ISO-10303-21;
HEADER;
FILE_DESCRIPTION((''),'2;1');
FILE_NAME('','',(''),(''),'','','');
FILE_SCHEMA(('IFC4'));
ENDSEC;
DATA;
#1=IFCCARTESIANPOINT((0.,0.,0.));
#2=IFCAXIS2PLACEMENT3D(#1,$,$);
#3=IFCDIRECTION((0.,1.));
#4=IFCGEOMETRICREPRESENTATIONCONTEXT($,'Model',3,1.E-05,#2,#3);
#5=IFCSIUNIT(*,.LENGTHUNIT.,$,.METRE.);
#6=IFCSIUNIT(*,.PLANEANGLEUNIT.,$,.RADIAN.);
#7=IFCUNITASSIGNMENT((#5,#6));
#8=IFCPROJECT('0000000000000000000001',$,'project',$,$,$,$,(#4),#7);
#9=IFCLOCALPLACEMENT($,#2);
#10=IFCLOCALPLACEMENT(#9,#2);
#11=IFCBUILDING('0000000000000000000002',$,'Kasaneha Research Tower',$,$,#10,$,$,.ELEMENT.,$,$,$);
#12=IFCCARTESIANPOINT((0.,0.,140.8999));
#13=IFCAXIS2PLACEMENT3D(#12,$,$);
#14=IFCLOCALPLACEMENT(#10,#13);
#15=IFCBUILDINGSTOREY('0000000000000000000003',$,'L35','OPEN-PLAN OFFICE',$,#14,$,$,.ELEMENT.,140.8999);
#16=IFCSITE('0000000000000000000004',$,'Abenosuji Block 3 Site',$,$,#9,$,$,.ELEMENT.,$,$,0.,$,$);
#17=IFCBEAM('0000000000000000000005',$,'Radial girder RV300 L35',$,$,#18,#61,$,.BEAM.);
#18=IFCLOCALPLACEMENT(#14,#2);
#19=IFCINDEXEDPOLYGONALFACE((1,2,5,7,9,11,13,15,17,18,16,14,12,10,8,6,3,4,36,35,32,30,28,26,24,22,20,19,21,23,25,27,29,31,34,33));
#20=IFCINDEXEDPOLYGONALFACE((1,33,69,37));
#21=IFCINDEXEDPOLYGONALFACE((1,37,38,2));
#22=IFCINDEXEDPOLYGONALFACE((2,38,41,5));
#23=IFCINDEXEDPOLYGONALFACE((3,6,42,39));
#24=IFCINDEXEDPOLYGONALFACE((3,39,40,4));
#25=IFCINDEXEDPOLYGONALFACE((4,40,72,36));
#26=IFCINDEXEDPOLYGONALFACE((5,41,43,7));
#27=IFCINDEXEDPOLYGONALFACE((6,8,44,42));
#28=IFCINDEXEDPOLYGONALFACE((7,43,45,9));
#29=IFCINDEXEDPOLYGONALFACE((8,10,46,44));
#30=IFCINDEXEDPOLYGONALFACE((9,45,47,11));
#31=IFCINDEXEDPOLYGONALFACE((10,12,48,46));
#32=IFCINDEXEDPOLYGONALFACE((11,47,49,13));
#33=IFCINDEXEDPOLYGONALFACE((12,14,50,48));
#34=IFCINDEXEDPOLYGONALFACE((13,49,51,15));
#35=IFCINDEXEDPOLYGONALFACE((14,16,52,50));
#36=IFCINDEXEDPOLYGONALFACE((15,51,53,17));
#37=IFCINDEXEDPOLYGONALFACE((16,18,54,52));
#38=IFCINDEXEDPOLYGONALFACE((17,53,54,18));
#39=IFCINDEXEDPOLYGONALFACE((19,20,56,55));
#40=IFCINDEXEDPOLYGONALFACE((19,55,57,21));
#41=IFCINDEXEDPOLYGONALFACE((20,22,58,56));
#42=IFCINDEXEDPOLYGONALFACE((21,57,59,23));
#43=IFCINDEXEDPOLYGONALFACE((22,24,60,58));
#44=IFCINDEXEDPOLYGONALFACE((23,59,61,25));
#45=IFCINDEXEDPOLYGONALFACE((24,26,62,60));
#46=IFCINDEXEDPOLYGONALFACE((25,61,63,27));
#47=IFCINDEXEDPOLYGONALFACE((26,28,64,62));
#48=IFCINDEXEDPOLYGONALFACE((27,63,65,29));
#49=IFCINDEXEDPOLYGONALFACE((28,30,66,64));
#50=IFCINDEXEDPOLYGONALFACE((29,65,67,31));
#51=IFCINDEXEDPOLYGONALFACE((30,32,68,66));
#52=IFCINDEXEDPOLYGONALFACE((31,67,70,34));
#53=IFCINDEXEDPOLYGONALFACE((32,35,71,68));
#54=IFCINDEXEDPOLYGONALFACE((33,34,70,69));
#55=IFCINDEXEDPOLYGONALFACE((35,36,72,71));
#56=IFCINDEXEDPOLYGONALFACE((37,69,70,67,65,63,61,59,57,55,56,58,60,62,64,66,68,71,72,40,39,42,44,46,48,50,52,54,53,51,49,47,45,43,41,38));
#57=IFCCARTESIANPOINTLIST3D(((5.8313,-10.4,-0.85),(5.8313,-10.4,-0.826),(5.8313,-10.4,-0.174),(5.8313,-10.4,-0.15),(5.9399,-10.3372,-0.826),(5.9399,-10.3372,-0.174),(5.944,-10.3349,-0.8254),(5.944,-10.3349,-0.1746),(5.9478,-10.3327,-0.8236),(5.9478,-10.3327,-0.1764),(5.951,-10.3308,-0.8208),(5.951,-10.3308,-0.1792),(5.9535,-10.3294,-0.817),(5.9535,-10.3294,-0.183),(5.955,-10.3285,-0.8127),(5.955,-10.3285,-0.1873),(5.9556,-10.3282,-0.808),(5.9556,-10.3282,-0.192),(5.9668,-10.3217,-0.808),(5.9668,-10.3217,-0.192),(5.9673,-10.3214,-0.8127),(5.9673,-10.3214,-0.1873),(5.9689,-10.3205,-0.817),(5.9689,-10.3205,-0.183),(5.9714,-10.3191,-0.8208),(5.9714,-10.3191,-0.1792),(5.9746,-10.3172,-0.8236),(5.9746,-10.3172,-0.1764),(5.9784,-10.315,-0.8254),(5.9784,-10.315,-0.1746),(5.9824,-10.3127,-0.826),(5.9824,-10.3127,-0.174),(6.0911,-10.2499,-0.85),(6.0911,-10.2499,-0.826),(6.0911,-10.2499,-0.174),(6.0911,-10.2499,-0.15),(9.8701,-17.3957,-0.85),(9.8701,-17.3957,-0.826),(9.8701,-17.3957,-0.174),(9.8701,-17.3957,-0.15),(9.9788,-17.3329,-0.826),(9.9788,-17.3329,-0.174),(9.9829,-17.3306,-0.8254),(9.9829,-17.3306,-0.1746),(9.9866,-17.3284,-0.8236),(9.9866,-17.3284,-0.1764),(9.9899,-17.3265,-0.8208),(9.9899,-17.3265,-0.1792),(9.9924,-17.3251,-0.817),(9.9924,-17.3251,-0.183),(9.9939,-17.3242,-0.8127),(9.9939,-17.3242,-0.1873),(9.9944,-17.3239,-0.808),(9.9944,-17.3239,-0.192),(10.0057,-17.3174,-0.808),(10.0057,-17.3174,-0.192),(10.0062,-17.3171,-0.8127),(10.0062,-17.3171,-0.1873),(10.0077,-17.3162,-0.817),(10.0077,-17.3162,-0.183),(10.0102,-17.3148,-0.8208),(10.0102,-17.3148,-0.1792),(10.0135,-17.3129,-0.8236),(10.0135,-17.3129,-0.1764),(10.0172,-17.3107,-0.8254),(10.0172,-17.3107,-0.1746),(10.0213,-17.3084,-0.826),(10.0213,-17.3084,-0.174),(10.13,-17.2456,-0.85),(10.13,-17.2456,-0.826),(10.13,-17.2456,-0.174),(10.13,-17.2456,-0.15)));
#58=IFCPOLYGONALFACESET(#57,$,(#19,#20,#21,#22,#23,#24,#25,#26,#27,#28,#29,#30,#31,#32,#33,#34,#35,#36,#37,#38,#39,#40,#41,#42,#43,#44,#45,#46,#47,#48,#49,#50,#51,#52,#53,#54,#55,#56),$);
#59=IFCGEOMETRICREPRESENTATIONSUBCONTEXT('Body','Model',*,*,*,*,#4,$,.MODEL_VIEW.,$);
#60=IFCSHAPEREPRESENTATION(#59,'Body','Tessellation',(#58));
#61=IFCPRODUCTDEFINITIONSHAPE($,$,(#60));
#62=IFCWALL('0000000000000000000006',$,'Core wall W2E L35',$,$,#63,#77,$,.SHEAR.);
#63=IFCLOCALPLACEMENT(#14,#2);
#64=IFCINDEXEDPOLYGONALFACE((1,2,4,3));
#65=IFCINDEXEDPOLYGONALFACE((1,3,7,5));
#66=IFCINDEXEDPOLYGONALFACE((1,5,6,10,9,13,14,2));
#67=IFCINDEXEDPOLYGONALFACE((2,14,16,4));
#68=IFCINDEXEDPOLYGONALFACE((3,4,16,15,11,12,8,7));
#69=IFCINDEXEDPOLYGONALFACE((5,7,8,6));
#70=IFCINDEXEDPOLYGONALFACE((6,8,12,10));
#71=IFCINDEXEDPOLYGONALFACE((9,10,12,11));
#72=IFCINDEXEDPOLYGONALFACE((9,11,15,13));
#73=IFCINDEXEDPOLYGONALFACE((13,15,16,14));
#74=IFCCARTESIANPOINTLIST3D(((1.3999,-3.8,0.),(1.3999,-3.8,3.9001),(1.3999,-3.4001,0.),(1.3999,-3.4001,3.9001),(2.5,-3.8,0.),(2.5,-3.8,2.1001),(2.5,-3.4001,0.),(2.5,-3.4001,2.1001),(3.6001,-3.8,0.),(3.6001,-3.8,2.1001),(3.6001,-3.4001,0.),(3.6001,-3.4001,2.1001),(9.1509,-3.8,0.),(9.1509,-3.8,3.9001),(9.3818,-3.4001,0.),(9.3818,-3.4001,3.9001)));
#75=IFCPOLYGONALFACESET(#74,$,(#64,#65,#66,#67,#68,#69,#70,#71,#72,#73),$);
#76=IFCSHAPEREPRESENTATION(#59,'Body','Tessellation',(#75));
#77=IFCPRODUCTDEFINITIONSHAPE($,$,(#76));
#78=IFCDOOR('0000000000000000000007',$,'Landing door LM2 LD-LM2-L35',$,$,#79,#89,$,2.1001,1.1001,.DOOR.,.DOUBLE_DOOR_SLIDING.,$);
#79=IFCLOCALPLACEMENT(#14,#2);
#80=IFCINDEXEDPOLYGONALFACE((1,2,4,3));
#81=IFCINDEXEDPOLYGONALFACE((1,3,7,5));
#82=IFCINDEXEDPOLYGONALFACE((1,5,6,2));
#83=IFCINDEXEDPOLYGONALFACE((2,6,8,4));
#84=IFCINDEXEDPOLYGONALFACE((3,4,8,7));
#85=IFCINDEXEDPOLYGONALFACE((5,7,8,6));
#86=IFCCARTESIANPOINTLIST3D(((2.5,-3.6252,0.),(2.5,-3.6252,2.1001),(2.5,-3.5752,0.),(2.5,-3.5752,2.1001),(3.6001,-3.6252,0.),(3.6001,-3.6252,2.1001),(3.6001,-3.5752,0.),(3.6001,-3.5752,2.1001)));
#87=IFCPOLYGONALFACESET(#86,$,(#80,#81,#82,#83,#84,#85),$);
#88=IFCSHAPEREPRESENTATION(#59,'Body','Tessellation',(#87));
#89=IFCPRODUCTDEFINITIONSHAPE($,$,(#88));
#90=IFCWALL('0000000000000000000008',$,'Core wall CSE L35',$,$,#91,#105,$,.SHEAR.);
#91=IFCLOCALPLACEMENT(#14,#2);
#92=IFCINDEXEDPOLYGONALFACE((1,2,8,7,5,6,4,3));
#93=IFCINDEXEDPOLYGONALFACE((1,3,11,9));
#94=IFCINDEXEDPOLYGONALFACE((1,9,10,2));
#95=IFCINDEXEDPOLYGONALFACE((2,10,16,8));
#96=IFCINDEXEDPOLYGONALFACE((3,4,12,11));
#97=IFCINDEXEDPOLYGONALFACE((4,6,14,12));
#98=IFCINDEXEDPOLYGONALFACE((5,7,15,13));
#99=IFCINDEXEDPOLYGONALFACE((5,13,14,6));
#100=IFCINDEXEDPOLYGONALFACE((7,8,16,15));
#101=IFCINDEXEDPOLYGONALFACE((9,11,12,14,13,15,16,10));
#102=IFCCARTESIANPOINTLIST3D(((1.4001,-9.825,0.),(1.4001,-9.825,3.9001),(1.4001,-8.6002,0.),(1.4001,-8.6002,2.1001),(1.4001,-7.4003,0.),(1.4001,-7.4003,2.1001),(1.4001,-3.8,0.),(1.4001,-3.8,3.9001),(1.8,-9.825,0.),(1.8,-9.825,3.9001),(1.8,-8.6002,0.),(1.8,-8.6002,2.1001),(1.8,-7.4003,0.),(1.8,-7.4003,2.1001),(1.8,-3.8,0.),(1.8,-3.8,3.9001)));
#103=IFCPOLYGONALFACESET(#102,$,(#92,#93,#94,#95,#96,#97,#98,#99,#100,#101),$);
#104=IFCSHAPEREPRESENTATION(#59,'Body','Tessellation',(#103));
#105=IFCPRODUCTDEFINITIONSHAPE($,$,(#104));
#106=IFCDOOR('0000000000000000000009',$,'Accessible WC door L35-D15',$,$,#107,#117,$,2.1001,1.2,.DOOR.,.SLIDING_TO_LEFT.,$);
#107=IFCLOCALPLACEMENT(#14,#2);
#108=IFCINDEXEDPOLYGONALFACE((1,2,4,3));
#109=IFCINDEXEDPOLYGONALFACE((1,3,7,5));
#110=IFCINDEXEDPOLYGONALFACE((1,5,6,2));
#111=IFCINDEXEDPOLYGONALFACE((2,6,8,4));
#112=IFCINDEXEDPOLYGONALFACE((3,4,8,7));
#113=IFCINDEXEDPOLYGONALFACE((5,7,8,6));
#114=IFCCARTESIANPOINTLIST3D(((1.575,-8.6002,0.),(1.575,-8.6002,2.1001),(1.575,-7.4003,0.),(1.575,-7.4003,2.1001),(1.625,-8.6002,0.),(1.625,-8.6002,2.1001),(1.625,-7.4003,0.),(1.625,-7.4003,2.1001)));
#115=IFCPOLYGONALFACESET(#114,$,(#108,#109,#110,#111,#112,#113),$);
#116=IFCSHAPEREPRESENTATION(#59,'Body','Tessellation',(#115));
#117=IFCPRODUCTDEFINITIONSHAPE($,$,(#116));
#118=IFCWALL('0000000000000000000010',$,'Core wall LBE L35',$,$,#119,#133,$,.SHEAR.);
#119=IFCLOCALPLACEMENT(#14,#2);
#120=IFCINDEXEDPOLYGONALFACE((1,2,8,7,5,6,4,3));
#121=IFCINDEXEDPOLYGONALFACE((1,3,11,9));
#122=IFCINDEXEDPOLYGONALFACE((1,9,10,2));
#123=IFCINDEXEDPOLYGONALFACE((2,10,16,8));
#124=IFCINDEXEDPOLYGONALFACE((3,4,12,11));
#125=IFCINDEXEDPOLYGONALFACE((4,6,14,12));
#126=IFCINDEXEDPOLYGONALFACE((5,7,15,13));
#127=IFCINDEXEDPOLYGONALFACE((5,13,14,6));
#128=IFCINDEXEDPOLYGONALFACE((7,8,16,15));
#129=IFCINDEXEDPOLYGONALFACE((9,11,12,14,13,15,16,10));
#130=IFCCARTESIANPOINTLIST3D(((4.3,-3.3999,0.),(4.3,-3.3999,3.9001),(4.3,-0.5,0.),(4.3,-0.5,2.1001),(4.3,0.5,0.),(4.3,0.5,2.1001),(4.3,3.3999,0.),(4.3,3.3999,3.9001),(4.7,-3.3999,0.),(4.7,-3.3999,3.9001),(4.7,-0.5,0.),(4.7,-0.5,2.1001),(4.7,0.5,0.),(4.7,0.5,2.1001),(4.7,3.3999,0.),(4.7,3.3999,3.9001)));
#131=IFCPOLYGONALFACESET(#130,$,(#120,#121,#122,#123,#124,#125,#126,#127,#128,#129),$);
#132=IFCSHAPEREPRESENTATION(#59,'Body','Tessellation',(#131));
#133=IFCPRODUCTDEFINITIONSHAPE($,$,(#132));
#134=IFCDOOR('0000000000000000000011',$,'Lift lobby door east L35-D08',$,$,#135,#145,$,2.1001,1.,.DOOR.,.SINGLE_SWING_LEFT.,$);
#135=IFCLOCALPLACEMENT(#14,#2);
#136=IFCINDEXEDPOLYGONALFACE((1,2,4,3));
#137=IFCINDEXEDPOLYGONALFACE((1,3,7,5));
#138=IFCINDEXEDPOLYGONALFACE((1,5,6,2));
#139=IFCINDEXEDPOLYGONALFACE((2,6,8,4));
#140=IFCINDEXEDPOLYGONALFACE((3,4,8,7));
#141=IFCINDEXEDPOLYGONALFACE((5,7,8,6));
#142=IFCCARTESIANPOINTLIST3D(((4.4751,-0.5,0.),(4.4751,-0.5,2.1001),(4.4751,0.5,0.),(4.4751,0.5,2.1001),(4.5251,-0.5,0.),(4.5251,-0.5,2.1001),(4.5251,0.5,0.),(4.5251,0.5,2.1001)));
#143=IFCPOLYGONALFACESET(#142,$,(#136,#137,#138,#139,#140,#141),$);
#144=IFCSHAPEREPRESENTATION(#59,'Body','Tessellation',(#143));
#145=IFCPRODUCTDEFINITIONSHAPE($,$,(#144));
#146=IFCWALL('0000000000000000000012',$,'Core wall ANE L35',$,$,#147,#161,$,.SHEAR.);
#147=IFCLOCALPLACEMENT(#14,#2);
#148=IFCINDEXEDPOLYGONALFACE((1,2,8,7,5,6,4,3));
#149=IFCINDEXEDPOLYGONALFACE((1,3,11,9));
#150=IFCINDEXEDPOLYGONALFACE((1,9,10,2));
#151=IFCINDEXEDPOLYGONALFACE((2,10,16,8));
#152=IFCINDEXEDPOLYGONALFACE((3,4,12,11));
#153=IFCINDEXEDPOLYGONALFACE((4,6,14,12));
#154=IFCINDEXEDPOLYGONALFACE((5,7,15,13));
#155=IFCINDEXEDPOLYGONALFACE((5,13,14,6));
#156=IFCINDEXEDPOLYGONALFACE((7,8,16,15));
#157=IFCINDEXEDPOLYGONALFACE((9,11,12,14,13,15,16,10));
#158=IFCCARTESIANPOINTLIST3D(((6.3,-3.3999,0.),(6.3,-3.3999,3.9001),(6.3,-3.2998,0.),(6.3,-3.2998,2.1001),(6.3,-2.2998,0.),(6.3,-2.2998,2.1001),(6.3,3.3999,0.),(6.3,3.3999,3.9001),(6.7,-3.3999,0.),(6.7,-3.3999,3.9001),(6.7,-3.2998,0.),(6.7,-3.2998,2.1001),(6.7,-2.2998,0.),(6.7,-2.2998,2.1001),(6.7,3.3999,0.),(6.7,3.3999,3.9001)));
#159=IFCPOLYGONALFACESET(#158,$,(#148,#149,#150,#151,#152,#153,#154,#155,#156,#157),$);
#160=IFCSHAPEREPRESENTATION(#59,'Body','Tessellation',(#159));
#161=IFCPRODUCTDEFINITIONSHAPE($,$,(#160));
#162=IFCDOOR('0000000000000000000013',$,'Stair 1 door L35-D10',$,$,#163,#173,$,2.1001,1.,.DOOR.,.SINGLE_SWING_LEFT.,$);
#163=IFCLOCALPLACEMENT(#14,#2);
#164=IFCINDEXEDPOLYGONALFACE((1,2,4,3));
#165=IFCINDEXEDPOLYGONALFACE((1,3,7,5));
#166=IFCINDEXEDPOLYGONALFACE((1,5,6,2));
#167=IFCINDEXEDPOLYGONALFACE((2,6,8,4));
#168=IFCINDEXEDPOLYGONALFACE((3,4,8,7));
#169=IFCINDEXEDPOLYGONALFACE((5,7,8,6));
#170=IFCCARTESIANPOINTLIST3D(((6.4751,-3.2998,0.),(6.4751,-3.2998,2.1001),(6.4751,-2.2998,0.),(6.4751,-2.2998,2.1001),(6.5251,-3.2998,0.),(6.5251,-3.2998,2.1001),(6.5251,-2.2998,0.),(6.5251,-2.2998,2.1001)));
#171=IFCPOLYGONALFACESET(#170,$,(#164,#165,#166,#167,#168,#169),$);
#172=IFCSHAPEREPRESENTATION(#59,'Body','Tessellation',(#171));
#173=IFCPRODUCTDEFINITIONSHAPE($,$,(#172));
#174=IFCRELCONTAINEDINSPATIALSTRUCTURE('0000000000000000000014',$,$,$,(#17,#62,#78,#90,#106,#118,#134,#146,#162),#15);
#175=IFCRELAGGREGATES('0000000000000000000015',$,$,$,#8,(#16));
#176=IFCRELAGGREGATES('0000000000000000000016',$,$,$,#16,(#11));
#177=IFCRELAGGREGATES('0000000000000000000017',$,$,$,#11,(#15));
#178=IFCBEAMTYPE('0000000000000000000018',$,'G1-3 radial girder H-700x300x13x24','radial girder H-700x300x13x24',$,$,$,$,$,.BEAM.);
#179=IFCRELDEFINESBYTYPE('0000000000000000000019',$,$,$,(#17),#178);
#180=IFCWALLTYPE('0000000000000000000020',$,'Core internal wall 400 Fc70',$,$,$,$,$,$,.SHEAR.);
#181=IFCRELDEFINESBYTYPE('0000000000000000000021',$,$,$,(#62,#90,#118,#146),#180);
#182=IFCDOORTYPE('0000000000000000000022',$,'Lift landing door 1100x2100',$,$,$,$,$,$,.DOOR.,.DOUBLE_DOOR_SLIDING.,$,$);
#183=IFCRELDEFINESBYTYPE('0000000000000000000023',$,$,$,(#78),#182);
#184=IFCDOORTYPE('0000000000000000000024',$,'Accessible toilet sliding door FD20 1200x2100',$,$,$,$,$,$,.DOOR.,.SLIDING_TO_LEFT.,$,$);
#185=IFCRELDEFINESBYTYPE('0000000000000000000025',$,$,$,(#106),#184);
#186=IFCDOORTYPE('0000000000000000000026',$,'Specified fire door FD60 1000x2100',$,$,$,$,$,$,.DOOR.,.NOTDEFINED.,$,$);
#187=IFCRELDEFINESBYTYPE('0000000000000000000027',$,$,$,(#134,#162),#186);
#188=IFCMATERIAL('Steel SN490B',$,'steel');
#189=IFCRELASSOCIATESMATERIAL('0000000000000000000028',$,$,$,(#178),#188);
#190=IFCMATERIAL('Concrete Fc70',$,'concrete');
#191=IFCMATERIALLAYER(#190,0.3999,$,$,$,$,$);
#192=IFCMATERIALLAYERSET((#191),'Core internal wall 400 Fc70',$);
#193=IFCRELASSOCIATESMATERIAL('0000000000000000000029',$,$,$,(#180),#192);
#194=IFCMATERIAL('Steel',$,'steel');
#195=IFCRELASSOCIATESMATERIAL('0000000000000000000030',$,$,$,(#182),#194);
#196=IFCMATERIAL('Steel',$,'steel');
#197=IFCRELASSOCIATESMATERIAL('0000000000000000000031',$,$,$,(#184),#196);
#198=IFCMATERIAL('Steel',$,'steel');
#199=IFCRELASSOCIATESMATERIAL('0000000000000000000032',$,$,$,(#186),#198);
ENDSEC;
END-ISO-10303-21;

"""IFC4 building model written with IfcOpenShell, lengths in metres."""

from ifc_helpers import new_model, si_unit, direction, frame, frame_2d, origin, origin_2d, place, context, subcontext, project, spatial, polyline, rectangle, i_section, outline, extrude, material, layer, layer_set, material_profile, profile_set, type_object, element, fill, save


model = new_model("IFC4")

# Units and contexts
model_context = context("Model", 3, precision=1e-05, world=origin(), true_north=direction((0.0, 1.0)))
body_context = subcontext(model_context, "Body", "Model", "MODEL_VIEW")
ifc_project = project(units=[si_unit("LENGTHUNIT", "METRE"), si_unit("PLANEANGLEUNIT", "RADIAN")], contexts=[model_context])

# Site, building, storey
site_placement = place(None, origin())
site = spatial("IfcSite", under=ifc_project, at=site_placement, Name="Abenosuji Block 3 Site", CompositionType="ELEMENT", RefElevation=0.0)
building_placement = place(site_placement, origin())
building = spatial("IfcBuilding", under=site, at=building_placement, Name="Kasaneha Research Tower", CompositionType="ELEMENT")
storey_placement = place(building_placement, frame((0.0, 0.0, 140.8999)))
storey = spatial("IfcBuildingStorey", under=building, at=storey_placement, Name="L35", Description="OPEN-PLAN OFFICE", CompositionType="ELEMENT", Elevation=140.8999)

# Beam
ifc_material_1 = material(Name="Steel SN490B", Category="steel")
ifc_material_profile_1 = material_profile(ifc_material_1, i_section(OverallWidth=0.3, OverallDepth=0.7, WebThickness=0.0129, FlangeThickness=0.0239, FilletRadius=0.0181, at=origin_2d()), Name="H-700x300x13x24")
ifc_profile_set_1 = profile_set([ifc_material_profile_1], Name="Steel SN490B")
beam_type_1 = type_object("IfcBeamType", Name="G1-3 radial girder H-700x300x13x24", Description="radial girder H-700x300x13x24", PredefinedType="BEAM", material=ifc_profile_set_1)
beam_1_placement = place(storey_placement, frame((5.9612, -10.325, -0.5), z_axis=(0.499991, -0.866031, 0.0), x_axis=(0.866031, 0.499991, 0.0)))
element("IfcBeam", 1, at=beam_1_placement, inside=storey, type_object=beam_type_1, Name="Radial girder RV300 L35", PredefinedType="BEAM", context=body_context, shape_type="SweptSolid", body=[
    extrude(i_section(OverallWidth=0.3, OverallDepth=0.7, WebThickness=0.0129, FlangeThickness=0.0239, FilletRadius=0.0181, at=origin_2d()), origin(), (0.0, 0.0, 1.0), 8.0779),
])

# Walls, openings, doors
ifc_material_2 = material(Name="Concrete Fc70", Category="concrete")
ifc_layer_1 = layer(ifc_material_2, 0.3999)
ifc_layer_set_1 = layer_set([ifc_layer_1], Name="Core internal wall 400 Fc70")
wall_type_1 = type_object("IfcWallType", Name="Core internal wall 400 Fc70", PredefinedType="SHEAR", material=ifc_layer_set_1)
wall_1_placement = place(storey_placement, frame((1.3999, -3.6001, 0.0), z_axis=(0.0, 0.0, 1.0), x_axis=(1.0, 0.0, 0.0)))
wall_1 = element("IfcWall", 2, at=wall_1_placement, inside=storey, type_object=wall_type_1, Name="Core wall W2E L35", PredefinedType="SHEAR", context=body_context, shape_type="SweptSolid", body=[
    extrude(outline(polyline([(0.0, -0.2), (1.1001, -0.2), (2.2002, -0.2), (7.751, -0.2), (7.9819, 0.2), (2.2002, 0.2), (1.1001, 0.2), (0.0, 0.2), (0.0, -0.2)])), origin(), (0.0, 0.0, 1.0), 3.9001),
])
opening_1_placement = place(wall_1_placement, frame((1.1001, 0.0, 0.0)))
opening_1 = element("IfcOpeningElement", 3, at=opening_1_placement, cuts=wall_1, PredefinedType="OPENING", context=body_context, shape_type="SweptSolid", body=[
    extrude(rectangle(XDim=1.1001, YDim=2.1001, at=frame_2d((0.55, 1.05))), frame((0.0, 0.21, 0.0), z_axis=(0.0, -1.0, 0.0), x_axis=(1.0, 0.0, 0.0)), (0.0, 0.0, 1.0), 0.4199),
])
ifc_material_3 = material(Name="Steel", Category="steel")
door_type_1 = type_object("IfcDoorType", Name="Lift landing door 1100x2100", OperationType="DOUBLE_DOOR_SLIDING", PredefinedType="DOOR", material=ifc_material_3)
door_1_placement = place(opening_1_placement, origin())
door_1 = element("IfcDoor", 4, at=door_1_placement, inside=storey, type_object=door_type_1, Name="Landing door LM2 LD-LM2-L35", OperationType="DOUBLE_DOOR_SLIDING", OverallHeight=2.1001, OverallWidth=1.1001, PredefinedType="DOOR", context=body_context, shape_type="SweptSolid", body=[
    extrude(rectangle(XDim=1.1001, YDim=2.1001, at=frame_2d((0.55, 1.05))), frame((0.0, 0.0249, 0.0), z_axis=(0.0, -1.0, 0.0), x_axis=(1.0, 0.0, 0.0)), (0.0, 0.0, 1.0), 0.05),
])
fill(opening_1, door_1)
wall_2_placement = place(storey_placement, frame((1.6001, -3.8, 0.0), z_axis=(0.0, 0.0, 1.0), x_axis=(0.0, -1.0, 0.0)))
wall_2 = element("IfcWall", 5, at=wall_2_placement, inside=storey, type_object=wall_type_1, Name="Core wall CSE L35", PredefinedType="SHEAR", context=body_context, shape_type="SweptSolid", body=[
    extrude(rectangle(XDim=6.0249, YDim=0.3999, at=frame_2d((3.0125, 0.0))), origin(), (0.0, 0.0, 1.0), 3.9001),
])
opening_2_placement = place(wall_2_placement, frame((3.6001, 0.0, 0.0)))
opening_2 = element("IfcOpeningElement", 6, at=opening_2_placement, cuts=wall_2, PredefinedType="OPENING", context=body_context, shape_type="SweptSolid", body=[
    extrude(rectangle(XDim=1.2, YDim=2.1001, at=frame_2d((0.6001, 1.05))), frame((0.0, 0.21, 0.0), z_axis=(0.0, -1.0, 0.0), x_axis=(1.0, 0.0, 0.0)), (0.0, 0.0, 1.0), 0.4199),
])
ifc_material_4 = material(Name="Steel", Category="steel")
door_type_2 = type_object("IfcDoorType", Name="Accessible toilet sliding door FD20 1200x2100", OperationType="SLIDING_TO_LEFT", PredefinedType="DOOR", material=ifc_material_4)
door_2_placement = place(opening_2_placement, origin())
door_2 = element("IfcDoor", 7, at=door_2_placement, inside=storey, type_object=door_type_2, Name="Accessible WC door L35-D15", OperationType="SLIDING_TO_LEFT", OverallHeight=2.1001, OverallWidth=1.2, PredefinedType="DOOR", context=body_context, shape_type="SweptSolid", body=[
    extrude(rectangle(XDim=1.2, YDim=2.1001, at=frame_2d((0.6001, 1.05))), frame((0.0, 0.0249, 0.0), z_axis=(0.0, -1.0, 0.0), x_axis=(1.0, 0.0, 0.0)), (0.0, 0.0, 1.0), 0.05),
])
fill(opening_2, door_2)
wall_3_placement = place(storey_placement, frame((4.5, -3.3999, 0.0), z_axis=(0.0, 0.0, 1.0), x_axis=(0.0, 1.0, 0.0)))
wall_3 = element("IfcWall", 8, at=wall_3_placement, inside=storey, type_object=wall_type_1, Name="Core wall LBE L35", PredefinedType="SHEAR", context=body_context, shape_type="SweptSolid", body=[
    extrude(rectangle(XDim=6.7998, YDim=0.3999, at=frame_2d((3.3999, 0.0))), origin(), (0.0, 0.0, 1.0), 3.9001),
])
opening_3_placement = place(wall_3_placement, frame((2.8999, 0.0, 0.0)))
opening_3 = element("IfcOpeningElement", 9, at=opening_3_placement, cuts=wall_3, PredefinedType="OPENING", context=body_context, shape_type="SweptSolid", body=[
    extrude(rectangle(XDim=1.0, YDim=2.1001, at=frame_2d((0.5, 1.05))), frame((0.0, 0.21, 0.0), z_axis=(0.0, -1.0, 0.0), x_axis=(1.0, 0.0, 0.0)), (0.0, 0.0, 1.0), 0.4199),
])
ifc_material_5 = material(Name="Steel", Category="steel")
door_type_3 = type_object("IfcDoorType", Name="Specified fire door FD60 1000x2100", OperationType="NOTDEFINED", PredefinedType="DOOR", material=ifc_material_5)
door_3_placement = place(opening_3_placement, origin())
door_3 = element("IfcDoor", 10, at=door_3_placement, inside=storey, type_object=door_type_3, Name="Lift lobby door east L35-D08", OperationType="SINGLE_SWING_LEFT", OverallHeight=2.1001, OverallWidth=1.0, PredefinedType="DOOR", context=body_context, shape_type="SweptSolid", body=[
    extrude(rectangle(XDim=1.0, YDim=2.1001, at=frame_2d((0.5, 1.05))), frame((0.0, 0.0249, 0.0), z_axis=(0.0, -1.0, 0.0), x_axis=(1.0, 0.0, 0.0)), (0.0, 0.0, 1.0), 0.05),
])
fill(opening_3, door_3)
wall_4_placement = place(storey_placement, frame((6.5, -3.3999, 0.0), z_axis=(0.0, 0.0, 1.0), x_axis=(0.0, 1.0, 0.0)))
wall_4 = element("IfcWall", 11, at=wall_4_placement, inside=storey, type_object=wall_type_1, Name="Core wall ANE L35", PredefinedType="SHEAR", context=body_context, shape_type="SweptSolid", body=[
    extrude(rectangle(XDim=6.7998, YDim=0.3999, at=frame_2d((3.3999, 0.0))), origin(), (0.0, 0.0, 1.0), 3.9001),
])
opening_4_placement = place(wall_4_placement, frame((0.1001, 0.0, 0.0)))
opening_4 = element("IfcOpeningElement", 12, at=opening_4_placement, cuts=wall_4, PredefinedType="OPENING", context=body_context, shape_type="SweptSolid", body=[
    extrude(rectangle(XDim=1.0, YDim=2.1001, at=frame_2d((0.5, 1.05))), frame((0.0, 0.21, 0.0), z_axis=(0.0, -1.0, 0.0), x_axis=(1.0, 0.0, 0.0)), (0.0, 0.0, 1.0), 0.4199),
])
door_4_placement = place(opening_4_placement, origin())
door_4 = element("IfcDoor", 13, at=door_4_placement, inside=storey, type_object=door_type_3, Name="Stair 1 door L35-D10", OperationType="SINGLE_SWING_LEFT", OverallHeight=2.1001, OverallWidth=1.0, PredefinedType="DOOR", context=body_context, shape_type="SweptSolid", body=[
    extrude(rectangle(XDim=1.0, YDim=2.1001, at=frame_2d((0.5, 1.05))), frame((0.0, 0.0249, 0.0), z_axis=(0.0, -1.0, 0.0), x_axis=(1.0, 0.0, 0.0)), (0.0, 0.0, 1.0), 0.05),
])
fill(opening_4, door_4)

save(model, "model.ifc")
